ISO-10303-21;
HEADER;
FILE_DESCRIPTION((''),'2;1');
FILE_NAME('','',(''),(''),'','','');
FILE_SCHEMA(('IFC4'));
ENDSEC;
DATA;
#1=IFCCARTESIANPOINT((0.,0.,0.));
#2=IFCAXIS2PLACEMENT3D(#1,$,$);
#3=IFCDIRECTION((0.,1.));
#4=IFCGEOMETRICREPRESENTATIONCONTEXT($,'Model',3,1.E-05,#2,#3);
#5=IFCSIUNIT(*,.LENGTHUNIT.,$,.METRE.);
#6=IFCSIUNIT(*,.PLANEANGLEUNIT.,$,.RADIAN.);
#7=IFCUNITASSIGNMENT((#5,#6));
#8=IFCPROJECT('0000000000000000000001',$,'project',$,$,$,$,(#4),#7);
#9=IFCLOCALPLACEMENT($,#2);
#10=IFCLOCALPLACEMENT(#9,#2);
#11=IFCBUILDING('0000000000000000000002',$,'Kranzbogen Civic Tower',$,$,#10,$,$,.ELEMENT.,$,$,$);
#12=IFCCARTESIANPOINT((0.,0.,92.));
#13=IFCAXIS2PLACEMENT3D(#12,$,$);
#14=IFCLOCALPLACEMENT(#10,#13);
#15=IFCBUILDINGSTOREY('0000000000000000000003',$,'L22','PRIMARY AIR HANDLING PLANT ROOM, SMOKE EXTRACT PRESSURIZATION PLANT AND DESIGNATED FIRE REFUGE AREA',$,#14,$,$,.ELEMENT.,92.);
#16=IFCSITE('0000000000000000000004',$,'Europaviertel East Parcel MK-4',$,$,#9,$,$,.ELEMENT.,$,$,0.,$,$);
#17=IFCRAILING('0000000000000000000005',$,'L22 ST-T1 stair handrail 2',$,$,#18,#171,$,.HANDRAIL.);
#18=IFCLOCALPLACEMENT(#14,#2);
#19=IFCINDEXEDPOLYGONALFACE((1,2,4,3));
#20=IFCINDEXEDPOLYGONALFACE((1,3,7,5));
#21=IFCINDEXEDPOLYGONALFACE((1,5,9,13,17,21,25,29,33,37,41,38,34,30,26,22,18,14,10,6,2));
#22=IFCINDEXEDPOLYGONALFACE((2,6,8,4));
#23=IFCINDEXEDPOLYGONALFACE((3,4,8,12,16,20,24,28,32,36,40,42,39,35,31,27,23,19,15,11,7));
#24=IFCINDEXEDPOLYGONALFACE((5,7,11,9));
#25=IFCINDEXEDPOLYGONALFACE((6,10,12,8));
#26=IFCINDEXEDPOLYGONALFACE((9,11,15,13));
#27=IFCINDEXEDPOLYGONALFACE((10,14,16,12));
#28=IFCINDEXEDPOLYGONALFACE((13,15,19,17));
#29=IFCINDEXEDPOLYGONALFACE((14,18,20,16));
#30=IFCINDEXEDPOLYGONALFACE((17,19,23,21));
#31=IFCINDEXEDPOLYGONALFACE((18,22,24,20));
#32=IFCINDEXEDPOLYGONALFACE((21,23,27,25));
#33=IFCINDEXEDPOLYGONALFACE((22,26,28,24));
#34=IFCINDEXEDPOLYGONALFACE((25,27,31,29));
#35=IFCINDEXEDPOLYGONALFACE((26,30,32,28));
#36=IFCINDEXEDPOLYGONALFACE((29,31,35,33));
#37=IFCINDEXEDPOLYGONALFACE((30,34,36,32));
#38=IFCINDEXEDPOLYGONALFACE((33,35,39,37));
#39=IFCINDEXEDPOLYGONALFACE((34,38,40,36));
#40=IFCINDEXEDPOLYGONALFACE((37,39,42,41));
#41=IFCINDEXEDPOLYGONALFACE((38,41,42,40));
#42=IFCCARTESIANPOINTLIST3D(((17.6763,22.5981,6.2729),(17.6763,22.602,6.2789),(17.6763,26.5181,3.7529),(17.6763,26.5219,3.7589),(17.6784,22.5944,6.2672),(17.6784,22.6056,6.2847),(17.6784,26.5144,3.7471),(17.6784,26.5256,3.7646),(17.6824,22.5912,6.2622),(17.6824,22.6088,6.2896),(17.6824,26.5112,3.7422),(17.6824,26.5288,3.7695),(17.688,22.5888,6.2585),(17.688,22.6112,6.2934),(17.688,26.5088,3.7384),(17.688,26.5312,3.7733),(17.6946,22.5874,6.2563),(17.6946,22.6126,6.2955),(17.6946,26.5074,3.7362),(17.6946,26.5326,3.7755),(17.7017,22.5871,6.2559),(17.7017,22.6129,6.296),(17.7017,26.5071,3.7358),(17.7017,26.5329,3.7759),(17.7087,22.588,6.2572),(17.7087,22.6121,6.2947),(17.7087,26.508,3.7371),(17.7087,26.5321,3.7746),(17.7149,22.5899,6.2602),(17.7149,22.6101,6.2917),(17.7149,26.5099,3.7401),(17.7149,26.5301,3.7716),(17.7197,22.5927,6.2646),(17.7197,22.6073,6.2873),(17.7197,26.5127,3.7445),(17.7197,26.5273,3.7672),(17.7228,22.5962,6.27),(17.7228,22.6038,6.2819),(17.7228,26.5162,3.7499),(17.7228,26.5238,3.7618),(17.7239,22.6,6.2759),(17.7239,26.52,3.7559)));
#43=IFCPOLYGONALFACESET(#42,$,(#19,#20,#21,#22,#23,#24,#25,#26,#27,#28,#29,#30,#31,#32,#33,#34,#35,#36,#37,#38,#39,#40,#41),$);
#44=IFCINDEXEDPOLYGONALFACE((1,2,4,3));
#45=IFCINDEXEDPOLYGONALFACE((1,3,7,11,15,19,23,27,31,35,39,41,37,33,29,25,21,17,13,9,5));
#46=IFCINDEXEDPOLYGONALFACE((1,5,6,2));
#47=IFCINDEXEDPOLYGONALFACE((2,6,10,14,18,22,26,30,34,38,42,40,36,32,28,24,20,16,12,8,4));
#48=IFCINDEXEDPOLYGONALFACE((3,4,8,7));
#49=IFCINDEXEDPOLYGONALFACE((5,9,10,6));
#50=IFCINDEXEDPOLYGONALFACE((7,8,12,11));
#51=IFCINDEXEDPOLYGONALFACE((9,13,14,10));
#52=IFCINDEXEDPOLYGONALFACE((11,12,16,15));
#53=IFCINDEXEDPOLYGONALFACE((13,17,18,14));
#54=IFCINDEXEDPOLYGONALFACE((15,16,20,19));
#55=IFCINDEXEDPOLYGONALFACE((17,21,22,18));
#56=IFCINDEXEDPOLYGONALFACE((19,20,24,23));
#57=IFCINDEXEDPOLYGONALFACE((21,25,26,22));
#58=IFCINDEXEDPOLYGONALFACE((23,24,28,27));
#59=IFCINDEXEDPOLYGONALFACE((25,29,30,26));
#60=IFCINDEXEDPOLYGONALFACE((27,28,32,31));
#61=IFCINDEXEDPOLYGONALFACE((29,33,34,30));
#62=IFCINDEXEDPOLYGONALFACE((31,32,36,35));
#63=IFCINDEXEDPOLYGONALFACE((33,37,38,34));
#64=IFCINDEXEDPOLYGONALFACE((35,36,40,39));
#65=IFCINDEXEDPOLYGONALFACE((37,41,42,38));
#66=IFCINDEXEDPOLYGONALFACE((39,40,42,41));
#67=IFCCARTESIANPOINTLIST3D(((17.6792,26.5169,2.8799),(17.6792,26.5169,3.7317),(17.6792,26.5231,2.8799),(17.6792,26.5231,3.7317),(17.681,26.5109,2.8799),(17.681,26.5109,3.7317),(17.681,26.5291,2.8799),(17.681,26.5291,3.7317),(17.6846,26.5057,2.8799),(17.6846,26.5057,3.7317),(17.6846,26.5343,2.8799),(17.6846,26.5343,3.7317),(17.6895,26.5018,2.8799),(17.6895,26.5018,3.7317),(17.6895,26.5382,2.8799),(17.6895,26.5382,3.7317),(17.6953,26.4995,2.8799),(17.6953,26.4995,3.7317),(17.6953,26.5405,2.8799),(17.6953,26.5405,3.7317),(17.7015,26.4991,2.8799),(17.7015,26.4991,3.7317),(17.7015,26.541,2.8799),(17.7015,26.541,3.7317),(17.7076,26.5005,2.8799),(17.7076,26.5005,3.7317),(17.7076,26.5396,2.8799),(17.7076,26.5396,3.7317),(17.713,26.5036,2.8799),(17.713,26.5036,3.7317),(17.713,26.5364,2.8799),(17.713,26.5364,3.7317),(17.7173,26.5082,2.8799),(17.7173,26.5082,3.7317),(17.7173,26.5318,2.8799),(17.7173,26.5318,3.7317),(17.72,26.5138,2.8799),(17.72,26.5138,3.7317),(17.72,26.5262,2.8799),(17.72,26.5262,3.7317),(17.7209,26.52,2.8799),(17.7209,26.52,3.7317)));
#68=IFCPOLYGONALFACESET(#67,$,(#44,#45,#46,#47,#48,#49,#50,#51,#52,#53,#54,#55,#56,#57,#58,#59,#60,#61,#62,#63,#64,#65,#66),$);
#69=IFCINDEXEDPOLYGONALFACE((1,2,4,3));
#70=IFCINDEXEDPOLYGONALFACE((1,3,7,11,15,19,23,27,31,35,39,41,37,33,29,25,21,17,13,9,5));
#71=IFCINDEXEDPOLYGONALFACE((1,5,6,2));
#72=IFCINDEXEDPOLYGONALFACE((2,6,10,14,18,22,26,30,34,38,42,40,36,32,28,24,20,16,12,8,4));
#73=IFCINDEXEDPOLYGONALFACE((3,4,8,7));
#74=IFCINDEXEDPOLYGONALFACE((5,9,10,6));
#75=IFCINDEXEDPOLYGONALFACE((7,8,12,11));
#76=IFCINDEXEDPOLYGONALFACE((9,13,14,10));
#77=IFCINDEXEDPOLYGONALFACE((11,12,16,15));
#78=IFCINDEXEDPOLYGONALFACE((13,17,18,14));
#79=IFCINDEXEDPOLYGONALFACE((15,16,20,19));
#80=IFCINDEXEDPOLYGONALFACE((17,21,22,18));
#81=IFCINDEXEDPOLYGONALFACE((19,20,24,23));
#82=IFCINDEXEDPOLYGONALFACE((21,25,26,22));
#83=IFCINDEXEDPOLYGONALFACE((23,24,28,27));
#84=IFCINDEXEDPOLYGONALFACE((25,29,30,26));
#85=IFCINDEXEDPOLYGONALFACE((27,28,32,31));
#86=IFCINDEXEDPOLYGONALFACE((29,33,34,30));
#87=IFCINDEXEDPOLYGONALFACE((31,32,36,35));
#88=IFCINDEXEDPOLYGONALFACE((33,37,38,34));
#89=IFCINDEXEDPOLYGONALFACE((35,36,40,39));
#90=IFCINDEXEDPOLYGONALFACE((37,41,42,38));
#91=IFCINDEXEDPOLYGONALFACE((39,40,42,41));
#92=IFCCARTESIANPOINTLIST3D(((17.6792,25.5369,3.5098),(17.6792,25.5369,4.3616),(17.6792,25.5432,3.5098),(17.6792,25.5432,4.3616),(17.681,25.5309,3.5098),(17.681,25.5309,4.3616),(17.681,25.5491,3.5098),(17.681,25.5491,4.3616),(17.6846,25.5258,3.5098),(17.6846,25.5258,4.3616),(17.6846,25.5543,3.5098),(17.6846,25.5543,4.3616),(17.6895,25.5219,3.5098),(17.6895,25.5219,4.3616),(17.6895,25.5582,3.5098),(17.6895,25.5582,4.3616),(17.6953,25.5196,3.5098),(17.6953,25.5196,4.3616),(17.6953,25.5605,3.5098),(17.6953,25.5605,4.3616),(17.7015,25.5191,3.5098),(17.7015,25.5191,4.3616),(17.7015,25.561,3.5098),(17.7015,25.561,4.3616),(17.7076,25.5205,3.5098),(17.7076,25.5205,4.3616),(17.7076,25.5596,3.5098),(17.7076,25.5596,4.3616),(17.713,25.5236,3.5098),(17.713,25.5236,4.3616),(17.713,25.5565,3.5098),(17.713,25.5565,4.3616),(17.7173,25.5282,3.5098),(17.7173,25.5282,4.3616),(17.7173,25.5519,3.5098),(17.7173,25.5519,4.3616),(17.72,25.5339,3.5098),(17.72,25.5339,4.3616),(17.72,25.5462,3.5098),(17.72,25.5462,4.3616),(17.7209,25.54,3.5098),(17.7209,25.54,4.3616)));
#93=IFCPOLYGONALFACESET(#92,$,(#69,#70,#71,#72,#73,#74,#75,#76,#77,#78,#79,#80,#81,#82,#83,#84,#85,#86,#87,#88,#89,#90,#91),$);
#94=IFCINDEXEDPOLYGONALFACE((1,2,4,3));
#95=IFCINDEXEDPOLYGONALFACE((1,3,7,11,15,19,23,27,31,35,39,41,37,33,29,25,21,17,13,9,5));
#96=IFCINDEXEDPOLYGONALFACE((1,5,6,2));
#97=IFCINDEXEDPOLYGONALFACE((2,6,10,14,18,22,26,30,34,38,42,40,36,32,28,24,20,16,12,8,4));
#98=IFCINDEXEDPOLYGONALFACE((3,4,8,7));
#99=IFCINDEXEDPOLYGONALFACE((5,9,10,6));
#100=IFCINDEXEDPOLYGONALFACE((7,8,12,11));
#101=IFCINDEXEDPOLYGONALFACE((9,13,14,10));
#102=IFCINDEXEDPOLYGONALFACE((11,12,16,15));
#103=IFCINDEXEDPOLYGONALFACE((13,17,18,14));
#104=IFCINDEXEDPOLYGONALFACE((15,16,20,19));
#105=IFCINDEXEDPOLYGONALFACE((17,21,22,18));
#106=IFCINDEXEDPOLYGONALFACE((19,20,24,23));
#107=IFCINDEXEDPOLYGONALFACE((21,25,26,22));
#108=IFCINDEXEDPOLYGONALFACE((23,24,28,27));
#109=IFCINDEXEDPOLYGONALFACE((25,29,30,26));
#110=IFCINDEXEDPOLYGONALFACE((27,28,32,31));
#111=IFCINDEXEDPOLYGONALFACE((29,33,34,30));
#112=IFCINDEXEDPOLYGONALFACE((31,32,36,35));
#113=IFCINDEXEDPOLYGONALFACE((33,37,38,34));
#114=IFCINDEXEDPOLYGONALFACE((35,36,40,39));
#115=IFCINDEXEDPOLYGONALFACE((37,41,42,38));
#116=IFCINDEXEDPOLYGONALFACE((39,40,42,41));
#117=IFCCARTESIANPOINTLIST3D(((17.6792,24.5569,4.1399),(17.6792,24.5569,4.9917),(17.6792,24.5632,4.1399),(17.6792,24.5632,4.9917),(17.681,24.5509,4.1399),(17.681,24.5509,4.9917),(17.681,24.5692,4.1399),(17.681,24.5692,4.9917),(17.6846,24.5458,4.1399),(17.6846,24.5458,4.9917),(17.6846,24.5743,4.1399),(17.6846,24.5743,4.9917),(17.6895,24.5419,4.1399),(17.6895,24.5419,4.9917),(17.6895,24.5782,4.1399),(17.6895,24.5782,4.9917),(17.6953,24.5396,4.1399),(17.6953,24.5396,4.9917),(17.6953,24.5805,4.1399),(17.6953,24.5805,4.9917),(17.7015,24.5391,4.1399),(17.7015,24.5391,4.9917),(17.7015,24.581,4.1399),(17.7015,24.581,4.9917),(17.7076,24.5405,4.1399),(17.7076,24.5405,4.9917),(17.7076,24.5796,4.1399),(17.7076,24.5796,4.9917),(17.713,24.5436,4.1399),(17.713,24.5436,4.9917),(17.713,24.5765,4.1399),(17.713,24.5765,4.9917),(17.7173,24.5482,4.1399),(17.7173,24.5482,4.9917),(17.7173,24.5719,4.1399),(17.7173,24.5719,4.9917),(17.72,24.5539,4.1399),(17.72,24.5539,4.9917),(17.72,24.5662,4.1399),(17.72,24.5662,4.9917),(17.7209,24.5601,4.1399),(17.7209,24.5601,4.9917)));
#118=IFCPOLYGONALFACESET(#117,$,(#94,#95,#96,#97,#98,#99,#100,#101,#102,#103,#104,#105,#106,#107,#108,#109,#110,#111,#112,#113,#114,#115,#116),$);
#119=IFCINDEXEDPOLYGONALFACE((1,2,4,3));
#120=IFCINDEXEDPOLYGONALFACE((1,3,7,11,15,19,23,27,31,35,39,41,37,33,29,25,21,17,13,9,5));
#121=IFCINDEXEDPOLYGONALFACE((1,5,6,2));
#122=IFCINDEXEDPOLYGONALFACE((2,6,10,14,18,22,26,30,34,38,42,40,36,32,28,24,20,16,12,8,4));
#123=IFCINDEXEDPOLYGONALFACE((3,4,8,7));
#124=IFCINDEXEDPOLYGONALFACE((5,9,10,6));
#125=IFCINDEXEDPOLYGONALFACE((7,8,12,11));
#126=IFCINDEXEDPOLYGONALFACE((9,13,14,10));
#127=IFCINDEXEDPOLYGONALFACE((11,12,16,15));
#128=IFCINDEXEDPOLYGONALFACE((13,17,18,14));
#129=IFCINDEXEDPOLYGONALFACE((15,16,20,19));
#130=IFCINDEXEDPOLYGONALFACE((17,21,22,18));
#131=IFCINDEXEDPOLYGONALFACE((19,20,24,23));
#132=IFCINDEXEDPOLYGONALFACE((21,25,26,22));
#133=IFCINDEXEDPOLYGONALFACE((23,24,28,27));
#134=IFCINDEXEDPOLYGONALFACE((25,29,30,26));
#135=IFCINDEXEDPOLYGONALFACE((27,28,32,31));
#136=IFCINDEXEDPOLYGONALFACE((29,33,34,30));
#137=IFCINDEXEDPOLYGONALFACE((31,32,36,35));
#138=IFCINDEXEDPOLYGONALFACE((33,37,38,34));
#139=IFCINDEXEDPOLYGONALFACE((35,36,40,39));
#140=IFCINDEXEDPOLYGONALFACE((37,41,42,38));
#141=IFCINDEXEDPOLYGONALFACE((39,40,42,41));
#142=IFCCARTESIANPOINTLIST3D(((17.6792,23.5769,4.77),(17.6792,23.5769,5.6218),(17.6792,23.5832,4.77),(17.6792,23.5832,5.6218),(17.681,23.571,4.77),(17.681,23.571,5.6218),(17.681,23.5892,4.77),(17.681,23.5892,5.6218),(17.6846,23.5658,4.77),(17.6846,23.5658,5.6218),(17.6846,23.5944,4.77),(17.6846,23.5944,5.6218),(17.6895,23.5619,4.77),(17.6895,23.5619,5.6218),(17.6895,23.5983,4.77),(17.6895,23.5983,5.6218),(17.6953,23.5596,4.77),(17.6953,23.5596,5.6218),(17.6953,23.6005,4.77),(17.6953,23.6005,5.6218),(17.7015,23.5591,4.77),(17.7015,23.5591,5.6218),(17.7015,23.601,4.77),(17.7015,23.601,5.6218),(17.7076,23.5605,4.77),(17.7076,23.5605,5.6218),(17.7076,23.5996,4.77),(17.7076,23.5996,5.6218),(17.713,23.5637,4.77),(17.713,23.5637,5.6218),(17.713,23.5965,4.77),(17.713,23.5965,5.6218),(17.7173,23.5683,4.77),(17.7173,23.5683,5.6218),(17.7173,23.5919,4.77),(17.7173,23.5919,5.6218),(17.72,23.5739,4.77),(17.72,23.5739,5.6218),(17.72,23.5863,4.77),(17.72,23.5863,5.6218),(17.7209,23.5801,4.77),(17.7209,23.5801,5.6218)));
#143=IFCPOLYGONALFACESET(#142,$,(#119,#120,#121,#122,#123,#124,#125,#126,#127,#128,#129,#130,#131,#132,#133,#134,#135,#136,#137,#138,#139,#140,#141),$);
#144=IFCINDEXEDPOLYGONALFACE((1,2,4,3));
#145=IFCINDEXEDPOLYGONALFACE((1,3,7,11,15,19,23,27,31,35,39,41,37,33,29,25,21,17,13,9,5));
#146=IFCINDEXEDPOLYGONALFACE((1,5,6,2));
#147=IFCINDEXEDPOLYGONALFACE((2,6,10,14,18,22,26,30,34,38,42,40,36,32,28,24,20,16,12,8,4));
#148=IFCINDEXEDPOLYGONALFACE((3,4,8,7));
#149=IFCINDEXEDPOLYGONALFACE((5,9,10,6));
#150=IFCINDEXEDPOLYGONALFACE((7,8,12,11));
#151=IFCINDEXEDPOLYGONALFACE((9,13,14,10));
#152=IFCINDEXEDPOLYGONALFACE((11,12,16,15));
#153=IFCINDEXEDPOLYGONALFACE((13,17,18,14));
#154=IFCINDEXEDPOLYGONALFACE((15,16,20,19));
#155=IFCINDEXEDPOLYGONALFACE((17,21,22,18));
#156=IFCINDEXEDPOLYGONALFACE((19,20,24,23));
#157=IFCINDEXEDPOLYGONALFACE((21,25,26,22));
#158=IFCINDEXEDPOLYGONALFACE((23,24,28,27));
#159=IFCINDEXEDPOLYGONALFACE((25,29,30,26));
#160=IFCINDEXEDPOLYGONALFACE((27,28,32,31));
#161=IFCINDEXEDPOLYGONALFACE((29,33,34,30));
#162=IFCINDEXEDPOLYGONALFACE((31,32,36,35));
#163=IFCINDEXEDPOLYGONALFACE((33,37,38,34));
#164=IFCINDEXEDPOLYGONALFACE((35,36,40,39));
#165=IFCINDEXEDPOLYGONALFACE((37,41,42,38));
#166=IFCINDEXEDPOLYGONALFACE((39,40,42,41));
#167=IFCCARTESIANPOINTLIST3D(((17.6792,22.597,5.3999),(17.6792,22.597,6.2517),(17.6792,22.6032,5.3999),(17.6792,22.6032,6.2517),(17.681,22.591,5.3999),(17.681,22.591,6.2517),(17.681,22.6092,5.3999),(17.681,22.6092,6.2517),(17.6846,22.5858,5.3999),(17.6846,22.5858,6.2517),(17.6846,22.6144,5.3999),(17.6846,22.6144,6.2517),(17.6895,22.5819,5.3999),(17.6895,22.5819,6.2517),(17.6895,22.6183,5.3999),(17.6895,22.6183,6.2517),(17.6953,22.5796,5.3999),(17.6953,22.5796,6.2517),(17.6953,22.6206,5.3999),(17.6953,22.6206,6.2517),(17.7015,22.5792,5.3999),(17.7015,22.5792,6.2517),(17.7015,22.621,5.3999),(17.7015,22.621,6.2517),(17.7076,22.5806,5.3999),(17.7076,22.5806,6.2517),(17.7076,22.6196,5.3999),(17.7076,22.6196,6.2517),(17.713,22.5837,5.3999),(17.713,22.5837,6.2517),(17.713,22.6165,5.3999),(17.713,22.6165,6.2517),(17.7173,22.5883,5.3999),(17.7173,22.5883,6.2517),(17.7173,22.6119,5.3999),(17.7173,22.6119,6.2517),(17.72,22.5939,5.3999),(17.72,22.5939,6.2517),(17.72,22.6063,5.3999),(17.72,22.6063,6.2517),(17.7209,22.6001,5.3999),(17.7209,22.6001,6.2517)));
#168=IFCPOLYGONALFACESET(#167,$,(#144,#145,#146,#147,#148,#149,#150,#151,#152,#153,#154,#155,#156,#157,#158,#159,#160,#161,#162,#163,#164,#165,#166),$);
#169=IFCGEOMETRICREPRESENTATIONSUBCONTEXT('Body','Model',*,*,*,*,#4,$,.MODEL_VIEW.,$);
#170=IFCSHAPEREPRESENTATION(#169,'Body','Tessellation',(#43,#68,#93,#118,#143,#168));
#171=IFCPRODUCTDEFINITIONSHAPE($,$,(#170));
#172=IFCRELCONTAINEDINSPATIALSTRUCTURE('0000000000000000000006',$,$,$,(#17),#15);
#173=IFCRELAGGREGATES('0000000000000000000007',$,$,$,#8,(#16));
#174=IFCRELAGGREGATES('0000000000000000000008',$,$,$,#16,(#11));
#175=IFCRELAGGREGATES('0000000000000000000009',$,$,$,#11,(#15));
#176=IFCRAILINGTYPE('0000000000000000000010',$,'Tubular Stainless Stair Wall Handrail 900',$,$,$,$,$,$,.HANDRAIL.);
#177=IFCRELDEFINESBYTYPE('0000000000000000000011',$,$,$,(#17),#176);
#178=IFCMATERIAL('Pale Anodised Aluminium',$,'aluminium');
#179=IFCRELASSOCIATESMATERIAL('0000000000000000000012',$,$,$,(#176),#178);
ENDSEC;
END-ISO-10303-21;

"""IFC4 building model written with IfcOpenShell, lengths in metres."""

from ifc_helpers import new_model, si_unit, direction, frame, origin, origin_2d, place, context, subcontext, project, spatial, circle, extrude, material, type_object, element, save


model = new_model("IFC4")

# Units and contexts
model_context = context("Model", 3, precision=1e-05, world=origin(), true_north=direction((0.0, 1.0)))
body_context = subcontext(model_context, "Body", "Model", "MODEL_VIEW")
ifc_project = project(units=[si_unit("LENGTHUNIT", "METRE"), si_unit("PLANEANGLEUNIT", "RADIAN")], contexts=[model_context])

# Site, building, storey
site_placement = place(None, origin())
site = spatial("IfcSite", under=ifc_project, at=site_placement, Name="Europaviertel East Parcel MK-4", CompositionType="ELEMENT", RefElevation=0.0)
building_placement = place(site_placement, origin())
building = spatial("IfcBuilding", under=site, at=building_placement, Name="Kranzbogen Civic Tower", CompositionType="ELEMENT")
storey_placement = place(building_placement, frame((0.0, 0.0, 92.0)))
storey = spatial("IfcBuildingStorey", under=building, at=storey_placement, Name="L22", Description="PRIMARY AIR HANDLING PLANT ROOM, SMOKE EXTRACT PRESSURIZATION PLANT AND DESIGNATED FIRE REFUGE AREA", CompositionType="ELEMENT", Elevation=92.0)

# Railing
ifc_material_1 = material(Name="Pale Anodised Aluminium", Category="aluminium")
railing_type_1 = type_object("IfcRailingType", Name="Tubular Stainless Stair Wall Handrail 900", PredefinedType="HANDRAIL", material=ifc_material_1)
railing_1_placement = place(storey_placement, frame((17.7, 26.52, 2.8799)))
element("IfcRailing", 1, at=railing_1_placement, inside=storey, type_object=railing_type_1, Name="L22 ST-T1 stair handrail 2", PredefinedType="HANDRAIL", context=body_context, shape_type="SweptSolid", body=[
    extrude(circle(Radius=0.0239, at=origin_2d()), frame((0.0, 0.0, 0.876), z_axis=(0.0, -0.841172, 0.540768), x_axis=(1.0, 0.0, 0.0)), (0.0, 0.0, 1.0), 4.6602),
    extrude(circle(Radius=0.021, at=origin_2d()), origin(), (0.0, 0.0, 1.0), 0.8518),
    extrude(circle(Radius=0.021, at=origin_2d()), frame((0.0, -0.98, 0.6299)), (0.0, 0.0, 1.0), 0.8518),
    extrude(circle(Radius=0.021, at=origin_2d()), frame((0.0, -1.96, 1.26)), (0.0, 0.0, 1.0), 0.8518),
    extrude(circle(Radius=0.021, at=origin_2d()), frame((0.0, -2.9399, 1.8901)), (0.0, 0.0, 1.0), 0.8518),
    extrude(circle(Radius=0.021, at=origin_2d()), frame((0.0, -3.9199, 2.52)), (0.0, 0.0, 1.0), 0.8518),
])

save(model, "model.ifc")
